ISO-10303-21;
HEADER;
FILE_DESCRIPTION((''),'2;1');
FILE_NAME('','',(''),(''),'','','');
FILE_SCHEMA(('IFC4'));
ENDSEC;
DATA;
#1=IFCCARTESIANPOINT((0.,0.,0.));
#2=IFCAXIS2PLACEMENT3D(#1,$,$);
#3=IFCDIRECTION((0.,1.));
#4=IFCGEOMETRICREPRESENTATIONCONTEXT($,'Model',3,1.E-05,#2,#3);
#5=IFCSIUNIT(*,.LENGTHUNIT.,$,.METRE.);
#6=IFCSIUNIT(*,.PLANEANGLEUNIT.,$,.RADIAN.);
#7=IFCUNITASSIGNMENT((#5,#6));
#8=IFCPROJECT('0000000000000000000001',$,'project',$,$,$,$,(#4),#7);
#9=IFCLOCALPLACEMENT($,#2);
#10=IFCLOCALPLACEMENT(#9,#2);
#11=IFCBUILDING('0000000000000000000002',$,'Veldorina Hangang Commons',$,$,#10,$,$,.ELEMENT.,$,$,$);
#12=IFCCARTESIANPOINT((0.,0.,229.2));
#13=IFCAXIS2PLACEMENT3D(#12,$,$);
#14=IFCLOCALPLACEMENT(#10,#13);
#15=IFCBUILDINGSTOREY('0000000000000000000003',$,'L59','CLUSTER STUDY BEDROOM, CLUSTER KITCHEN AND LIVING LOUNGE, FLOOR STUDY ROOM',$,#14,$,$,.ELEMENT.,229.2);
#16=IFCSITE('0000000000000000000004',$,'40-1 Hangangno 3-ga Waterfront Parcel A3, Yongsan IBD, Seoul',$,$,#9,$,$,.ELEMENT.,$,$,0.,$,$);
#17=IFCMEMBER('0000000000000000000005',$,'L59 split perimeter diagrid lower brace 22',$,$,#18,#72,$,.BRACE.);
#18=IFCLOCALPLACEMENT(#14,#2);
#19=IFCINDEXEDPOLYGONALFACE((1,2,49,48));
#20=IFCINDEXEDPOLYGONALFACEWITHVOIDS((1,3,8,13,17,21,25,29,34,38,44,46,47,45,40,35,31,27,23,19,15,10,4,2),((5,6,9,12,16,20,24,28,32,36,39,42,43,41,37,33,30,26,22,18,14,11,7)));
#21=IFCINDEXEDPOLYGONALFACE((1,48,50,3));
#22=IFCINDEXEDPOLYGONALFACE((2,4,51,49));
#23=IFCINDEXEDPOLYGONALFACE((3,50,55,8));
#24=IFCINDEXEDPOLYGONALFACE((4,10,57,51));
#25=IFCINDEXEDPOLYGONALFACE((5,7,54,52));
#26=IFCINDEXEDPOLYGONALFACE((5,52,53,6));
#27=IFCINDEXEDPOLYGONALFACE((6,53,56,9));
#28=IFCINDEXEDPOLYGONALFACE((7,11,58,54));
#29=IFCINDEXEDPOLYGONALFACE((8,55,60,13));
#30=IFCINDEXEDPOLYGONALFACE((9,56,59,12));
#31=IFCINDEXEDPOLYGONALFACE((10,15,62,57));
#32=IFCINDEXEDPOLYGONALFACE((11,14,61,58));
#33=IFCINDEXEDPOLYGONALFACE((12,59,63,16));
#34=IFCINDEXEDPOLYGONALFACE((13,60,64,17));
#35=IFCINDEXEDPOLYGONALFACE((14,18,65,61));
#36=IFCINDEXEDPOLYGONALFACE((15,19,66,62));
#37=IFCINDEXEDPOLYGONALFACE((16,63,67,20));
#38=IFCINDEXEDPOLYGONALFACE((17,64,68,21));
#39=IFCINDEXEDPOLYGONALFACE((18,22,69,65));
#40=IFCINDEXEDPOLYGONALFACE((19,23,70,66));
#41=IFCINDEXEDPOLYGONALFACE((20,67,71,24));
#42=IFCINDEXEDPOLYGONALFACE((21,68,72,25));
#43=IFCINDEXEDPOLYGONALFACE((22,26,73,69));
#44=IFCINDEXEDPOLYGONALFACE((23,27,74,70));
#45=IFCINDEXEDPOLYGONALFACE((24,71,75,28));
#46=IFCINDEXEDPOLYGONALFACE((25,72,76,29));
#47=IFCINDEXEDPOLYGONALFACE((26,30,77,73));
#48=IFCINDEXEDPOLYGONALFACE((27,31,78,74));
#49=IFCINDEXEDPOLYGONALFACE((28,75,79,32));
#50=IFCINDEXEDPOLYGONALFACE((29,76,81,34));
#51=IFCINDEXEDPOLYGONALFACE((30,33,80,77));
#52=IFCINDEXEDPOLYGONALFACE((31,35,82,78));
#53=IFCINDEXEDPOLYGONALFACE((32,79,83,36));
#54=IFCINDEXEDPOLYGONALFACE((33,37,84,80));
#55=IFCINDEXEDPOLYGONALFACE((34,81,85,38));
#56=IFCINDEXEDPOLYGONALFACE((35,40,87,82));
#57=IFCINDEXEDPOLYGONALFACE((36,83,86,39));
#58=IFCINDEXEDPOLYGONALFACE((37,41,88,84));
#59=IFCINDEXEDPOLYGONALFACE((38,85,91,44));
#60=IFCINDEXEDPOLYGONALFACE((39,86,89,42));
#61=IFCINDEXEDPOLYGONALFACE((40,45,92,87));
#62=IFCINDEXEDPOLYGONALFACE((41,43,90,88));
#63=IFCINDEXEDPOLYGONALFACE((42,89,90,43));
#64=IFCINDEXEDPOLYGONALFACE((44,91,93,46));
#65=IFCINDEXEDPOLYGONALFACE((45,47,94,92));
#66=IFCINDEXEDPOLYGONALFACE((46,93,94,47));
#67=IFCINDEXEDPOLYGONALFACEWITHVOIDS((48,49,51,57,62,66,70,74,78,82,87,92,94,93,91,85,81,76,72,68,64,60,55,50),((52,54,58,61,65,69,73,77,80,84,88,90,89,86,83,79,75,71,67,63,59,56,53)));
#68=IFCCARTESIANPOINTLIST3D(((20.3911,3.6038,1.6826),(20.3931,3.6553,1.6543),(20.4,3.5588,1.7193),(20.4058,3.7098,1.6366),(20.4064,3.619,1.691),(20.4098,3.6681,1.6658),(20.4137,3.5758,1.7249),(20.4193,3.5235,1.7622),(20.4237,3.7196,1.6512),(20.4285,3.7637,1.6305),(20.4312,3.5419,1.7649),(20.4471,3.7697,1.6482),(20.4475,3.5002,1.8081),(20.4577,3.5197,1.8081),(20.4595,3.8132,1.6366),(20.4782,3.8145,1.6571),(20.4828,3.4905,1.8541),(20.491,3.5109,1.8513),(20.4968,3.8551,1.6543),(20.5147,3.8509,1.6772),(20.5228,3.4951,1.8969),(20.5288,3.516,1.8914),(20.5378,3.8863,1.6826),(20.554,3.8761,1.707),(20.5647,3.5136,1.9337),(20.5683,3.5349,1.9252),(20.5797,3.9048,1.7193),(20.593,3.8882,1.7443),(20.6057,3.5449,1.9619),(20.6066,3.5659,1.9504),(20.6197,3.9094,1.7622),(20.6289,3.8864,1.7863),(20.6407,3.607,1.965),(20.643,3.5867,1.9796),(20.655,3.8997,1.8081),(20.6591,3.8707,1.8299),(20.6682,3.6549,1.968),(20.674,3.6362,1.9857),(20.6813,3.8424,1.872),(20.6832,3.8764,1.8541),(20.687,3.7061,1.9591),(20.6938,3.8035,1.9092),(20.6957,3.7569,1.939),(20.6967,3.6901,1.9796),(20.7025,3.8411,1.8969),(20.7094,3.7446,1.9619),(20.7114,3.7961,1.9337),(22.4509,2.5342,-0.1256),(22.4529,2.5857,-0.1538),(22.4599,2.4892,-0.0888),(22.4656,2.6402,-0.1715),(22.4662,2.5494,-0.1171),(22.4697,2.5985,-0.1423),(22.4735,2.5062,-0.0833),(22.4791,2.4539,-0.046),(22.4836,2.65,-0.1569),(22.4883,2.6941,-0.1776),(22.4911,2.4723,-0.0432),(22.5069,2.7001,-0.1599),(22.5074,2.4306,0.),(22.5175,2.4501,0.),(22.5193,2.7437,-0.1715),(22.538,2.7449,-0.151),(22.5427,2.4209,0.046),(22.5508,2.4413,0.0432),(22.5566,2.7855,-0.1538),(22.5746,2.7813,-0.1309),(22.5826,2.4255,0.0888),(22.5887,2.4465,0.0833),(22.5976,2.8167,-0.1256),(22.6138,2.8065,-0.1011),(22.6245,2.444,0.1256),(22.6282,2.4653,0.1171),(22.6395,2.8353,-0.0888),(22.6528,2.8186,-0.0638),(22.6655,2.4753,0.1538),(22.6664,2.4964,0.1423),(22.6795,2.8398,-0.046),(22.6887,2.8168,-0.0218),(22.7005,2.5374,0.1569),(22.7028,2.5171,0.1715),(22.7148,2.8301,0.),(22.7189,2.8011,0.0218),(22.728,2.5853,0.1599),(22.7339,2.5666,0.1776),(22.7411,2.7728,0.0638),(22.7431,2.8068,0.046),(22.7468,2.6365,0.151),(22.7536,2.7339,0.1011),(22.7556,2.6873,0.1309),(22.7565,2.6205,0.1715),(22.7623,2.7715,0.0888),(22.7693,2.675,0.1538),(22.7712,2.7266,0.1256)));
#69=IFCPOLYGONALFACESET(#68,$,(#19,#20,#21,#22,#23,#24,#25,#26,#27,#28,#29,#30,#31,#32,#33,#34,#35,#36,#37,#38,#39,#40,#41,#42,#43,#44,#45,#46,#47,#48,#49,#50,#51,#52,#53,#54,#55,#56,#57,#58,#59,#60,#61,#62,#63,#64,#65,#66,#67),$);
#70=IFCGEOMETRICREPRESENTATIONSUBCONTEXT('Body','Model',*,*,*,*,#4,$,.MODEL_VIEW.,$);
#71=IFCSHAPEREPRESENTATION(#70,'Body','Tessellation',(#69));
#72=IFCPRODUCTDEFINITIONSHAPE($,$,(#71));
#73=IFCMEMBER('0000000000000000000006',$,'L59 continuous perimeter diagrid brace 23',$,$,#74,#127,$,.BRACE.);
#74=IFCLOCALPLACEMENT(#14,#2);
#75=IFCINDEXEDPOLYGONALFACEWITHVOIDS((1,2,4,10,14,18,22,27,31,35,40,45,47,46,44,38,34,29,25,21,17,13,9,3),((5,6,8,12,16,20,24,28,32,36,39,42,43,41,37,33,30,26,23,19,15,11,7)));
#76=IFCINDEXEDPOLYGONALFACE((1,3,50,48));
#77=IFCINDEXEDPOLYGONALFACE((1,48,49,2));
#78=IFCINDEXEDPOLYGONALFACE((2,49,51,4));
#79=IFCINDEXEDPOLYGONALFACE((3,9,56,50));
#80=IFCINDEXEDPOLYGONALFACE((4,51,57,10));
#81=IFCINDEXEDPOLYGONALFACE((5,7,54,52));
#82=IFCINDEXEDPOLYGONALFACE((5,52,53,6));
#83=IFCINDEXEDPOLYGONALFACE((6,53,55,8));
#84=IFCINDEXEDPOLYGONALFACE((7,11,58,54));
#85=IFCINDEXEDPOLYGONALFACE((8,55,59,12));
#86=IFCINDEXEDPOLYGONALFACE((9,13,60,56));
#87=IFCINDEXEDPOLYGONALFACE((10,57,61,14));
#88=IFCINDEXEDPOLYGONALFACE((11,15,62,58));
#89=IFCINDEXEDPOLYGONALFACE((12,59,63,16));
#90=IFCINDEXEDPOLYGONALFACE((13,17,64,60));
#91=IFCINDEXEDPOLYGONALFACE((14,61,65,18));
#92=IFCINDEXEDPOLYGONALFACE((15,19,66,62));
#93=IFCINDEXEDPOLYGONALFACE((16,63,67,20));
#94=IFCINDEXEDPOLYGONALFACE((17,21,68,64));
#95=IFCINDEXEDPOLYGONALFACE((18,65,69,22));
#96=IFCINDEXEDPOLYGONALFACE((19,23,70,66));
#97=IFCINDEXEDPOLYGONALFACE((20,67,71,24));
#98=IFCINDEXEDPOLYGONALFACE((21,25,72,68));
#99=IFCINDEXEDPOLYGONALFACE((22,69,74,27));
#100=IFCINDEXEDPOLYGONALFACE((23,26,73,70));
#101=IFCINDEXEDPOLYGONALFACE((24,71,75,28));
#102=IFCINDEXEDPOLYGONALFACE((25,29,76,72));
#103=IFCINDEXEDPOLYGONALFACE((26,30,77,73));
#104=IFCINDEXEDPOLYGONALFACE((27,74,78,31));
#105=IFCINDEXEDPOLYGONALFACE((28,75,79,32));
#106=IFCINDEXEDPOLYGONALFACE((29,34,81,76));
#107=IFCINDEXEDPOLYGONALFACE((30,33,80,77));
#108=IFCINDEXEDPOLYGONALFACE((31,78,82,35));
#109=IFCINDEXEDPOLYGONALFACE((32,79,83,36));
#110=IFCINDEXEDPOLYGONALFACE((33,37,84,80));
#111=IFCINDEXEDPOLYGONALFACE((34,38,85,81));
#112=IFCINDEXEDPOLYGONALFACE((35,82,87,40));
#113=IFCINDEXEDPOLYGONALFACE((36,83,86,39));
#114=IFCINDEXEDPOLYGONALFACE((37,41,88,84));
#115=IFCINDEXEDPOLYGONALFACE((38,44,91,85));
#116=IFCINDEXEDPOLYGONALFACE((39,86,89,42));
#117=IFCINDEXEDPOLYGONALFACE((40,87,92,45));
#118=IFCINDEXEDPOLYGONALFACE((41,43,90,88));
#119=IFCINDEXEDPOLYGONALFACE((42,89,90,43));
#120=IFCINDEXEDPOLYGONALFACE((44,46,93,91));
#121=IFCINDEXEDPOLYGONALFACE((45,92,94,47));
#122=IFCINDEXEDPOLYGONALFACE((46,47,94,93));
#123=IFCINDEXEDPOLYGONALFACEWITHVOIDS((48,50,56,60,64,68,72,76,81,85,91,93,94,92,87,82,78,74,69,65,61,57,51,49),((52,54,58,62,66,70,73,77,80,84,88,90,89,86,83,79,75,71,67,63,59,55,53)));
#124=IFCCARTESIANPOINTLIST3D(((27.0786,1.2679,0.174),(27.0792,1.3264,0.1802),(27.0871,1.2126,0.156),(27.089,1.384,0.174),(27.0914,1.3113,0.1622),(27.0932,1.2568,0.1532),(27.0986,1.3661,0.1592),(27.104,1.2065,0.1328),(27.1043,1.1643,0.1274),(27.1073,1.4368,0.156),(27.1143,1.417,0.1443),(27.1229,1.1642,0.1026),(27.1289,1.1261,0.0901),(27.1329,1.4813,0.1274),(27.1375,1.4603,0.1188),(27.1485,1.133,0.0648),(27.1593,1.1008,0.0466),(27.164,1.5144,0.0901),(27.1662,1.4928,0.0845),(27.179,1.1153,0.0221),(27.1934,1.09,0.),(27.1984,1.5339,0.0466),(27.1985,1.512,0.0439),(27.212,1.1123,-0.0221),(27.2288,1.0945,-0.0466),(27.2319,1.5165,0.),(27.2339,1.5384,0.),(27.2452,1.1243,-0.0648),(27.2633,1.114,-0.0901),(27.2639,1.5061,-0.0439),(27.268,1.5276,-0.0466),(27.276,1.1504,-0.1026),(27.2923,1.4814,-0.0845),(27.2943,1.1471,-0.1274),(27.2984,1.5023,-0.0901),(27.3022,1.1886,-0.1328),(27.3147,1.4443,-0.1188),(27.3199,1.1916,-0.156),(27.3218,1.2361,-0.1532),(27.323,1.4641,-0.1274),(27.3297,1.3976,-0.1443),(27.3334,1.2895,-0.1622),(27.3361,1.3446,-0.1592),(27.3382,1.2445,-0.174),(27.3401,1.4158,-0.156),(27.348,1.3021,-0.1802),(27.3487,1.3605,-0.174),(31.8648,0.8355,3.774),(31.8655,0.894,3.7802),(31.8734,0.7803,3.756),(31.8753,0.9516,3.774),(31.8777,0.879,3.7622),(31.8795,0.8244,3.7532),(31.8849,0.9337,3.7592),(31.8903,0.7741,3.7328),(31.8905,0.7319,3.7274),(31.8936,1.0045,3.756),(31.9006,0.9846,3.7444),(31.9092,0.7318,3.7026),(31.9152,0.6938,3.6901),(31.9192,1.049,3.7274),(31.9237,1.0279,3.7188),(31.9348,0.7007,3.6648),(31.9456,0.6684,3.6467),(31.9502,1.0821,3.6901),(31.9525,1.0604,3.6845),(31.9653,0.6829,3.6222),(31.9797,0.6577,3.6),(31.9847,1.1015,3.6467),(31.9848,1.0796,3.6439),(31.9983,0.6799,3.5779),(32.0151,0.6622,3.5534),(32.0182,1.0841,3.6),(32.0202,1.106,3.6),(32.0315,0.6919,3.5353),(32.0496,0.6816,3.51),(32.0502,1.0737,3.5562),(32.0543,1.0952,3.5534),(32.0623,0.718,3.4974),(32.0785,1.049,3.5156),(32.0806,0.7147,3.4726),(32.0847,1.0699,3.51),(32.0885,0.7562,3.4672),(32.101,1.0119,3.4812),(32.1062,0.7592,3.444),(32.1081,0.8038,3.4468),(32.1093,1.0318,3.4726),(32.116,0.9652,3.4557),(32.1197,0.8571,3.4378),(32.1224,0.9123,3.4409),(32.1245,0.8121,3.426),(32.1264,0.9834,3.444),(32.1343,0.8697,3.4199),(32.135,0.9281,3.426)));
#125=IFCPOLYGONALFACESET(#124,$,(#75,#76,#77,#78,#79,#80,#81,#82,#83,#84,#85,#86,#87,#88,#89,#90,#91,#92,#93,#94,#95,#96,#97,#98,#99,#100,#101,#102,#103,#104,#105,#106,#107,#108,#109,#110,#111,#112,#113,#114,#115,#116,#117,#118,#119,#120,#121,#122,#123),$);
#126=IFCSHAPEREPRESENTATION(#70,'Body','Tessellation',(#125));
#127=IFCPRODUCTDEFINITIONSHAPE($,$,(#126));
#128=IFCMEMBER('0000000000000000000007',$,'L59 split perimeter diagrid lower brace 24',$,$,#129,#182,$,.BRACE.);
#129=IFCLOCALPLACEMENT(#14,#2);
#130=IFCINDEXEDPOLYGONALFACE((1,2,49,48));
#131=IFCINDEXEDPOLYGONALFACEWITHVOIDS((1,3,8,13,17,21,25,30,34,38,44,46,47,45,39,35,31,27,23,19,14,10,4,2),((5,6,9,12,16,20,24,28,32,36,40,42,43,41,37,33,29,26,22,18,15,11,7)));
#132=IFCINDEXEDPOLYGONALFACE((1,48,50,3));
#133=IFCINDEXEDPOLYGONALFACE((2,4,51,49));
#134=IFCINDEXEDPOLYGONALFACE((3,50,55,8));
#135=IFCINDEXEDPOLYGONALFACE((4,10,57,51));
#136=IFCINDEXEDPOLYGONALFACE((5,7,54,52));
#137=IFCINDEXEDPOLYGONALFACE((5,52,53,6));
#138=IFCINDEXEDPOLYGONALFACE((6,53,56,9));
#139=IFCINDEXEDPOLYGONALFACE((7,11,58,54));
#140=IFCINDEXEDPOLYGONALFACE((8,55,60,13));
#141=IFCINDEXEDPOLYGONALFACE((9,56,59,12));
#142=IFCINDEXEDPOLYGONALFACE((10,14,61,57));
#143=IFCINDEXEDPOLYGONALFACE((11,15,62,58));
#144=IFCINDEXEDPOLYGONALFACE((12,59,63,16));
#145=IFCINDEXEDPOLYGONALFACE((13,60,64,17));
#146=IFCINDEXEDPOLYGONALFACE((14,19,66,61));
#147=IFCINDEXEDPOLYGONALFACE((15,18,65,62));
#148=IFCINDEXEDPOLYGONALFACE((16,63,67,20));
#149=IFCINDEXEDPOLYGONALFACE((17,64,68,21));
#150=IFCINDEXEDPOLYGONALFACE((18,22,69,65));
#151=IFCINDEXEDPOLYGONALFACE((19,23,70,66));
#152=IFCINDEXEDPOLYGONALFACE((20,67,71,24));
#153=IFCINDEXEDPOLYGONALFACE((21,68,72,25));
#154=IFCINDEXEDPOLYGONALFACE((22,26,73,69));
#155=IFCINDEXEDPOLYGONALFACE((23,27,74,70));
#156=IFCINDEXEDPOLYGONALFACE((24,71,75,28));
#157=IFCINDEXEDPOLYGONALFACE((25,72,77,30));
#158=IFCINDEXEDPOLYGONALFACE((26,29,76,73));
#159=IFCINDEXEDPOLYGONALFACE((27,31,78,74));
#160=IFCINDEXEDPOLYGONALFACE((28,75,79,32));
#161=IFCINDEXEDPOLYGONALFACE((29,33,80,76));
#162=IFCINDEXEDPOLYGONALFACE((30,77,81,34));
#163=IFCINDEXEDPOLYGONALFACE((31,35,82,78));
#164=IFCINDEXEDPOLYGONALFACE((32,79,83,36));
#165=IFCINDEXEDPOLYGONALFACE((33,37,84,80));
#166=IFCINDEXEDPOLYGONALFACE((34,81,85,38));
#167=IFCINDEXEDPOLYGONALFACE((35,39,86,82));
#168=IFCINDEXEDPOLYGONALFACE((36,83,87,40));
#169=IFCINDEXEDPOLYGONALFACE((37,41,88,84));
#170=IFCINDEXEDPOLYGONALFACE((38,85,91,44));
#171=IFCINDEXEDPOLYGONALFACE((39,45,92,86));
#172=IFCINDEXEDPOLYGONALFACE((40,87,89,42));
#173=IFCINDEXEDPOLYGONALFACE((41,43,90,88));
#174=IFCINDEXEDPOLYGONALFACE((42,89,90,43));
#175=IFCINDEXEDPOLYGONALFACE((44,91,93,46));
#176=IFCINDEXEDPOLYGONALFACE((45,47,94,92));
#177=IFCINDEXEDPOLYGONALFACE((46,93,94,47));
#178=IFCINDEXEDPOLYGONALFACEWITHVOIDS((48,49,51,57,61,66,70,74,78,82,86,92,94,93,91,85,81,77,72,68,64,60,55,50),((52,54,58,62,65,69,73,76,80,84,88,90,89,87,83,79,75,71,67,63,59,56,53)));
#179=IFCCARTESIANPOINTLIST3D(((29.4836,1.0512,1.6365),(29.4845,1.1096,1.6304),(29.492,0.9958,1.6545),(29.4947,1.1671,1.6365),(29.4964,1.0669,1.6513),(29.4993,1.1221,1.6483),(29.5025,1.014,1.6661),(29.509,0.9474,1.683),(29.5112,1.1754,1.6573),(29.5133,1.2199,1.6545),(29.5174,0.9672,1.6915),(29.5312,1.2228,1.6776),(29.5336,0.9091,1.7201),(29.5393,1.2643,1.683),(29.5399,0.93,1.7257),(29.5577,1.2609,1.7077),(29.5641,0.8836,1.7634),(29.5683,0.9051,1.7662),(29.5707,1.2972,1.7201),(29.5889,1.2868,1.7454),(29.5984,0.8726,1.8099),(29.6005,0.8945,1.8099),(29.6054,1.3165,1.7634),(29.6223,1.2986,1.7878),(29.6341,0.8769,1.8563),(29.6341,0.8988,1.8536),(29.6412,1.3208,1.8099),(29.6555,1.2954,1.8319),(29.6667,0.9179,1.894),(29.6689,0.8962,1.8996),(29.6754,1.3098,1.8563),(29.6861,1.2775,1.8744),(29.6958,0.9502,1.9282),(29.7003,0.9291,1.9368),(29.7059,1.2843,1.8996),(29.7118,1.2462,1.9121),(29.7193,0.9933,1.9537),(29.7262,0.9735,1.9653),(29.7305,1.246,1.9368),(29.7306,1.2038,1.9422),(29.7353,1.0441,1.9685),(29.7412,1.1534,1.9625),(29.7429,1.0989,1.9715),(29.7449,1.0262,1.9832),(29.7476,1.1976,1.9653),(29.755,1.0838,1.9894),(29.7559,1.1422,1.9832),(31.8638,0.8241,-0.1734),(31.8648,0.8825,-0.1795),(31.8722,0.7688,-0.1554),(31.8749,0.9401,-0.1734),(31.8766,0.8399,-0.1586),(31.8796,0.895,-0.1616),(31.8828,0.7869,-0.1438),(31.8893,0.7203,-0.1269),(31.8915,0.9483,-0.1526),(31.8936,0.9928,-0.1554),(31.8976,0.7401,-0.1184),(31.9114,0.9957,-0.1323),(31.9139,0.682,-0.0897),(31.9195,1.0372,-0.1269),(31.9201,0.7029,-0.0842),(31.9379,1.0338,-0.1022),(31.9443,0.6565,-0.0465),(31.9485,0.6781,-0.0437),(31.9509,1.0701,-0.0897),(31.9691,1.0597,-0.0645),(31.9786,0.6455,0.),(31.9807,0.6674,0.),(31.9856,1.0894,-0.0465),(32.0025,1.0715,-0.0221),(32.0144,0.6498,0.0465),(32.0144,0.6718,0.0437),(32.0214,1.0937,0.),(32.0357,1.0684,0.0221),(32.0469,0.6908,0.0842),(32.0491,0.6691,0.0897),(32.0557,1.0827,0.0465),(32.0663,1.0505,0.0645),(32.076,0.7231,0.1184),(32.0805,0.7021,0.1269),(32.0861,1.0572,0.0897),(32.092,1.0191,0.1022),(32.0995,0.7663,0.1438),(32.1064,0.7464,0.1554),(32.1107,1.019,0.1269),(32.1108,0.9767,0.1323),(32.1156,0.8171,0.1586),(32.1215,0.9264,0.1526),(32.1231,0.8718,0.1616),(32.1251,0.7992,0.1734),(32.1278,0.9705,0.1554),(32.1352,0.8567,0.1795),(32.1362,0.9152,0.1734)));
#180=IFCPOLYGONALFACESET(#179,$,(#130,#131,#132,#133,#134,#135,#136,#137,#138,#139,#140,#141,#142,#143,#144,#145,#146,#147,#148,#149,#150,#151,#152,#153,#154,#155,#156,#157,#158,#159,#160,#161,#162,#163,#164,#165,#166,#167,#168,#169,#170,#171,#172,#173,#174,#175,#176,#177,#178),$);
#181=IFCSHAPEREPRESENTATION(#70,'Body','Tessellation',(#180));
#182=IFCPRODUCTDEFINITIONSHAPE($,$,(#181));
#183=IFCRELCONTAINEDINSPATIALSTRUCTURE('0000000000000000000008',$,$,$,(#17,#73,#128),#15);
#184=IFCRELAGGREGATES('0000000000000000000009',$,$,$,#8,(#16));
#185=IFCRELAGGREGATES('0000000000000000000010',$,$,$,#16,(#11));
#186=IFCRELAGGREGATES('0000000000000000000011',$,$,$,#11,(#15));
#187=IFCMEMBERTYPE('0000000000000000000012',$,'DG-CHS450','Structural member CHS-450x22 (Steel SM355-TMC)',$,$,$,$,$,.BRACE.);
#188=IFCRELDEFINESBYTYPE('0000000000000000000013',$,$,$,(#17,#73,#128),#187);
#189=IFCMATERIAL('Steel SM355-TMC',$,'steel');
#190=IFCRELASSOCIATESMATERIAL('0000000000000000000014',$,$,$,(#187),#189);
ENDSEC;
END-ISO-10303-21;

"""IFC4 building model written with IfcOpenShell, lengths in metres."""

from ifc_helpers import new_model, si_unit, direction, frame, origin, origin_2d, place, context, subcontext, project, spatial, hollow_circle, extrude, material, material_profile, profile_set, type_object, element, save


model = new_model("IFC4")

# Units and contexts
model_context = context("Model", 3, precision=1e-05, world=origin(), true_north=direction((0.0, 1.0)))
body_context = subcontext(model_context, "Body", "Model", "MODEL_VIEW")
ifc_project = project(units=[si_unit("LENGTHUNIT", "METRE"), si_unit("PLANEANGLEUNIT", "RADIAN")], contexts=[model_context])

# Site, building, storey
site_placement = place(None, origin())
site = spatial("IfcSite", under=ifc_project, at=site_placement, Name="40-1 Hangangno 3-ga Waterfront Parcel A3, Yongsan IBD, Seoul", CompositionType="ELEMENT", RefElevation=0.0)
building_placement = place(site_placement, origin())
building = spatial("IfcBuilding", under=site, at=building_placement, Name="Veldorina Hangang Commons", CompositionType="ELEMENT")
storey_placement = place(building_placement, frame((0.0, 0.0, 229.2)))
storey = spatial("IfcBuildingStorey", under=building, at=storey_placement, Name="L59", Description="CLUSTER STUDY BEDROOM, CLUSTER KITCHEN AND LIVING LOUNGE, FLOOR STUDY ROOM", CompositionType="ELEMENT", Elevation=229.2)

# Shared definitions
ifc_material_1 = material(Name="Steel SM355-TMC", Category="steel")

# Members
ifc_material_profile_1 = material_profile(ifc_material_1, hollow_circle(Radius=0.2251, WallThickness=0.022, at=origin_2d()), Name="CHS-450x22")
ifc_profile_set_1 = profile_set([ifc_material_profile_1], Name="Steel SM355-TMC")
member_type_1 = type_object("IfcMemberType", Name="DG-CHS450", Description="Structural member CHS-450x22 (Steel SM355-TMC)", PredefinedType="BRACE", material=ifc_profile_set_1)
member_1_placement = place(storey_placement, frame((22.6111, 2.6304, 0.0), z_axis=(-0.700112, 0.36354, 0.614558), x_axis=(-0.460836, -0.887485, 0.0)))
element("IfcMember", 1, at=member_1_placement, inside=storey, type_object=member_type_1, Name="L59 split perimeter diagrid lower brace 22", PredefinedType="BRACE", context=body_context, shape_type="SweptSolid", body=[
    extrude(hollow_circle(Radius=0.2251, WallThickness=0.022, at=origin_2d()), origin(), (0.0, 0.0, 1.0), 2.9421),
])
member_2_placement = place(storey_placement, frame((27.2136, 1.3142, 0.0), z_axis=(0.797098, -0.072005, 0.599541), x_axis=(0.089968, 0.995945, 0.0)))
element("IfcMember", 2, at=member_2_placement, inside=storey, type_object=member_type_1, Name="L59 continuous perimeter diagrid brace 23", PredefinedType="BRACE", context=body_context, shape_type="SweptSolid", body=[
    extrude(hollow_circle(Radius=0.2251, WallThickness=0.022, at=origin_2d()), origin(), (0.0, 0.0, 1.0), 6.0046),
])
member_3_placement = place(storey_placement, frame((32.0, 0.8696, 0.0), z_axis=(-0.793729, 0.075717, 0.60354), x_axis=(-0.094963, -0.995481, 0.0)))
element("IfcMember", 3, at=member_3_placement, inside=storey, type_object=member_type_1, Name="L59 split perimeter diagrid lower brace 24", PredefinedType="BRACE", context=body_context, shape_type="SweptSolid", body=[
    extrude(hollow_circle(Radius=0.2251, WallThickness=0.022, at=origin_2d()), origin(), (0.0, 0.0, 1.0), 2.9988),
])

save(model, "model.ifc")
